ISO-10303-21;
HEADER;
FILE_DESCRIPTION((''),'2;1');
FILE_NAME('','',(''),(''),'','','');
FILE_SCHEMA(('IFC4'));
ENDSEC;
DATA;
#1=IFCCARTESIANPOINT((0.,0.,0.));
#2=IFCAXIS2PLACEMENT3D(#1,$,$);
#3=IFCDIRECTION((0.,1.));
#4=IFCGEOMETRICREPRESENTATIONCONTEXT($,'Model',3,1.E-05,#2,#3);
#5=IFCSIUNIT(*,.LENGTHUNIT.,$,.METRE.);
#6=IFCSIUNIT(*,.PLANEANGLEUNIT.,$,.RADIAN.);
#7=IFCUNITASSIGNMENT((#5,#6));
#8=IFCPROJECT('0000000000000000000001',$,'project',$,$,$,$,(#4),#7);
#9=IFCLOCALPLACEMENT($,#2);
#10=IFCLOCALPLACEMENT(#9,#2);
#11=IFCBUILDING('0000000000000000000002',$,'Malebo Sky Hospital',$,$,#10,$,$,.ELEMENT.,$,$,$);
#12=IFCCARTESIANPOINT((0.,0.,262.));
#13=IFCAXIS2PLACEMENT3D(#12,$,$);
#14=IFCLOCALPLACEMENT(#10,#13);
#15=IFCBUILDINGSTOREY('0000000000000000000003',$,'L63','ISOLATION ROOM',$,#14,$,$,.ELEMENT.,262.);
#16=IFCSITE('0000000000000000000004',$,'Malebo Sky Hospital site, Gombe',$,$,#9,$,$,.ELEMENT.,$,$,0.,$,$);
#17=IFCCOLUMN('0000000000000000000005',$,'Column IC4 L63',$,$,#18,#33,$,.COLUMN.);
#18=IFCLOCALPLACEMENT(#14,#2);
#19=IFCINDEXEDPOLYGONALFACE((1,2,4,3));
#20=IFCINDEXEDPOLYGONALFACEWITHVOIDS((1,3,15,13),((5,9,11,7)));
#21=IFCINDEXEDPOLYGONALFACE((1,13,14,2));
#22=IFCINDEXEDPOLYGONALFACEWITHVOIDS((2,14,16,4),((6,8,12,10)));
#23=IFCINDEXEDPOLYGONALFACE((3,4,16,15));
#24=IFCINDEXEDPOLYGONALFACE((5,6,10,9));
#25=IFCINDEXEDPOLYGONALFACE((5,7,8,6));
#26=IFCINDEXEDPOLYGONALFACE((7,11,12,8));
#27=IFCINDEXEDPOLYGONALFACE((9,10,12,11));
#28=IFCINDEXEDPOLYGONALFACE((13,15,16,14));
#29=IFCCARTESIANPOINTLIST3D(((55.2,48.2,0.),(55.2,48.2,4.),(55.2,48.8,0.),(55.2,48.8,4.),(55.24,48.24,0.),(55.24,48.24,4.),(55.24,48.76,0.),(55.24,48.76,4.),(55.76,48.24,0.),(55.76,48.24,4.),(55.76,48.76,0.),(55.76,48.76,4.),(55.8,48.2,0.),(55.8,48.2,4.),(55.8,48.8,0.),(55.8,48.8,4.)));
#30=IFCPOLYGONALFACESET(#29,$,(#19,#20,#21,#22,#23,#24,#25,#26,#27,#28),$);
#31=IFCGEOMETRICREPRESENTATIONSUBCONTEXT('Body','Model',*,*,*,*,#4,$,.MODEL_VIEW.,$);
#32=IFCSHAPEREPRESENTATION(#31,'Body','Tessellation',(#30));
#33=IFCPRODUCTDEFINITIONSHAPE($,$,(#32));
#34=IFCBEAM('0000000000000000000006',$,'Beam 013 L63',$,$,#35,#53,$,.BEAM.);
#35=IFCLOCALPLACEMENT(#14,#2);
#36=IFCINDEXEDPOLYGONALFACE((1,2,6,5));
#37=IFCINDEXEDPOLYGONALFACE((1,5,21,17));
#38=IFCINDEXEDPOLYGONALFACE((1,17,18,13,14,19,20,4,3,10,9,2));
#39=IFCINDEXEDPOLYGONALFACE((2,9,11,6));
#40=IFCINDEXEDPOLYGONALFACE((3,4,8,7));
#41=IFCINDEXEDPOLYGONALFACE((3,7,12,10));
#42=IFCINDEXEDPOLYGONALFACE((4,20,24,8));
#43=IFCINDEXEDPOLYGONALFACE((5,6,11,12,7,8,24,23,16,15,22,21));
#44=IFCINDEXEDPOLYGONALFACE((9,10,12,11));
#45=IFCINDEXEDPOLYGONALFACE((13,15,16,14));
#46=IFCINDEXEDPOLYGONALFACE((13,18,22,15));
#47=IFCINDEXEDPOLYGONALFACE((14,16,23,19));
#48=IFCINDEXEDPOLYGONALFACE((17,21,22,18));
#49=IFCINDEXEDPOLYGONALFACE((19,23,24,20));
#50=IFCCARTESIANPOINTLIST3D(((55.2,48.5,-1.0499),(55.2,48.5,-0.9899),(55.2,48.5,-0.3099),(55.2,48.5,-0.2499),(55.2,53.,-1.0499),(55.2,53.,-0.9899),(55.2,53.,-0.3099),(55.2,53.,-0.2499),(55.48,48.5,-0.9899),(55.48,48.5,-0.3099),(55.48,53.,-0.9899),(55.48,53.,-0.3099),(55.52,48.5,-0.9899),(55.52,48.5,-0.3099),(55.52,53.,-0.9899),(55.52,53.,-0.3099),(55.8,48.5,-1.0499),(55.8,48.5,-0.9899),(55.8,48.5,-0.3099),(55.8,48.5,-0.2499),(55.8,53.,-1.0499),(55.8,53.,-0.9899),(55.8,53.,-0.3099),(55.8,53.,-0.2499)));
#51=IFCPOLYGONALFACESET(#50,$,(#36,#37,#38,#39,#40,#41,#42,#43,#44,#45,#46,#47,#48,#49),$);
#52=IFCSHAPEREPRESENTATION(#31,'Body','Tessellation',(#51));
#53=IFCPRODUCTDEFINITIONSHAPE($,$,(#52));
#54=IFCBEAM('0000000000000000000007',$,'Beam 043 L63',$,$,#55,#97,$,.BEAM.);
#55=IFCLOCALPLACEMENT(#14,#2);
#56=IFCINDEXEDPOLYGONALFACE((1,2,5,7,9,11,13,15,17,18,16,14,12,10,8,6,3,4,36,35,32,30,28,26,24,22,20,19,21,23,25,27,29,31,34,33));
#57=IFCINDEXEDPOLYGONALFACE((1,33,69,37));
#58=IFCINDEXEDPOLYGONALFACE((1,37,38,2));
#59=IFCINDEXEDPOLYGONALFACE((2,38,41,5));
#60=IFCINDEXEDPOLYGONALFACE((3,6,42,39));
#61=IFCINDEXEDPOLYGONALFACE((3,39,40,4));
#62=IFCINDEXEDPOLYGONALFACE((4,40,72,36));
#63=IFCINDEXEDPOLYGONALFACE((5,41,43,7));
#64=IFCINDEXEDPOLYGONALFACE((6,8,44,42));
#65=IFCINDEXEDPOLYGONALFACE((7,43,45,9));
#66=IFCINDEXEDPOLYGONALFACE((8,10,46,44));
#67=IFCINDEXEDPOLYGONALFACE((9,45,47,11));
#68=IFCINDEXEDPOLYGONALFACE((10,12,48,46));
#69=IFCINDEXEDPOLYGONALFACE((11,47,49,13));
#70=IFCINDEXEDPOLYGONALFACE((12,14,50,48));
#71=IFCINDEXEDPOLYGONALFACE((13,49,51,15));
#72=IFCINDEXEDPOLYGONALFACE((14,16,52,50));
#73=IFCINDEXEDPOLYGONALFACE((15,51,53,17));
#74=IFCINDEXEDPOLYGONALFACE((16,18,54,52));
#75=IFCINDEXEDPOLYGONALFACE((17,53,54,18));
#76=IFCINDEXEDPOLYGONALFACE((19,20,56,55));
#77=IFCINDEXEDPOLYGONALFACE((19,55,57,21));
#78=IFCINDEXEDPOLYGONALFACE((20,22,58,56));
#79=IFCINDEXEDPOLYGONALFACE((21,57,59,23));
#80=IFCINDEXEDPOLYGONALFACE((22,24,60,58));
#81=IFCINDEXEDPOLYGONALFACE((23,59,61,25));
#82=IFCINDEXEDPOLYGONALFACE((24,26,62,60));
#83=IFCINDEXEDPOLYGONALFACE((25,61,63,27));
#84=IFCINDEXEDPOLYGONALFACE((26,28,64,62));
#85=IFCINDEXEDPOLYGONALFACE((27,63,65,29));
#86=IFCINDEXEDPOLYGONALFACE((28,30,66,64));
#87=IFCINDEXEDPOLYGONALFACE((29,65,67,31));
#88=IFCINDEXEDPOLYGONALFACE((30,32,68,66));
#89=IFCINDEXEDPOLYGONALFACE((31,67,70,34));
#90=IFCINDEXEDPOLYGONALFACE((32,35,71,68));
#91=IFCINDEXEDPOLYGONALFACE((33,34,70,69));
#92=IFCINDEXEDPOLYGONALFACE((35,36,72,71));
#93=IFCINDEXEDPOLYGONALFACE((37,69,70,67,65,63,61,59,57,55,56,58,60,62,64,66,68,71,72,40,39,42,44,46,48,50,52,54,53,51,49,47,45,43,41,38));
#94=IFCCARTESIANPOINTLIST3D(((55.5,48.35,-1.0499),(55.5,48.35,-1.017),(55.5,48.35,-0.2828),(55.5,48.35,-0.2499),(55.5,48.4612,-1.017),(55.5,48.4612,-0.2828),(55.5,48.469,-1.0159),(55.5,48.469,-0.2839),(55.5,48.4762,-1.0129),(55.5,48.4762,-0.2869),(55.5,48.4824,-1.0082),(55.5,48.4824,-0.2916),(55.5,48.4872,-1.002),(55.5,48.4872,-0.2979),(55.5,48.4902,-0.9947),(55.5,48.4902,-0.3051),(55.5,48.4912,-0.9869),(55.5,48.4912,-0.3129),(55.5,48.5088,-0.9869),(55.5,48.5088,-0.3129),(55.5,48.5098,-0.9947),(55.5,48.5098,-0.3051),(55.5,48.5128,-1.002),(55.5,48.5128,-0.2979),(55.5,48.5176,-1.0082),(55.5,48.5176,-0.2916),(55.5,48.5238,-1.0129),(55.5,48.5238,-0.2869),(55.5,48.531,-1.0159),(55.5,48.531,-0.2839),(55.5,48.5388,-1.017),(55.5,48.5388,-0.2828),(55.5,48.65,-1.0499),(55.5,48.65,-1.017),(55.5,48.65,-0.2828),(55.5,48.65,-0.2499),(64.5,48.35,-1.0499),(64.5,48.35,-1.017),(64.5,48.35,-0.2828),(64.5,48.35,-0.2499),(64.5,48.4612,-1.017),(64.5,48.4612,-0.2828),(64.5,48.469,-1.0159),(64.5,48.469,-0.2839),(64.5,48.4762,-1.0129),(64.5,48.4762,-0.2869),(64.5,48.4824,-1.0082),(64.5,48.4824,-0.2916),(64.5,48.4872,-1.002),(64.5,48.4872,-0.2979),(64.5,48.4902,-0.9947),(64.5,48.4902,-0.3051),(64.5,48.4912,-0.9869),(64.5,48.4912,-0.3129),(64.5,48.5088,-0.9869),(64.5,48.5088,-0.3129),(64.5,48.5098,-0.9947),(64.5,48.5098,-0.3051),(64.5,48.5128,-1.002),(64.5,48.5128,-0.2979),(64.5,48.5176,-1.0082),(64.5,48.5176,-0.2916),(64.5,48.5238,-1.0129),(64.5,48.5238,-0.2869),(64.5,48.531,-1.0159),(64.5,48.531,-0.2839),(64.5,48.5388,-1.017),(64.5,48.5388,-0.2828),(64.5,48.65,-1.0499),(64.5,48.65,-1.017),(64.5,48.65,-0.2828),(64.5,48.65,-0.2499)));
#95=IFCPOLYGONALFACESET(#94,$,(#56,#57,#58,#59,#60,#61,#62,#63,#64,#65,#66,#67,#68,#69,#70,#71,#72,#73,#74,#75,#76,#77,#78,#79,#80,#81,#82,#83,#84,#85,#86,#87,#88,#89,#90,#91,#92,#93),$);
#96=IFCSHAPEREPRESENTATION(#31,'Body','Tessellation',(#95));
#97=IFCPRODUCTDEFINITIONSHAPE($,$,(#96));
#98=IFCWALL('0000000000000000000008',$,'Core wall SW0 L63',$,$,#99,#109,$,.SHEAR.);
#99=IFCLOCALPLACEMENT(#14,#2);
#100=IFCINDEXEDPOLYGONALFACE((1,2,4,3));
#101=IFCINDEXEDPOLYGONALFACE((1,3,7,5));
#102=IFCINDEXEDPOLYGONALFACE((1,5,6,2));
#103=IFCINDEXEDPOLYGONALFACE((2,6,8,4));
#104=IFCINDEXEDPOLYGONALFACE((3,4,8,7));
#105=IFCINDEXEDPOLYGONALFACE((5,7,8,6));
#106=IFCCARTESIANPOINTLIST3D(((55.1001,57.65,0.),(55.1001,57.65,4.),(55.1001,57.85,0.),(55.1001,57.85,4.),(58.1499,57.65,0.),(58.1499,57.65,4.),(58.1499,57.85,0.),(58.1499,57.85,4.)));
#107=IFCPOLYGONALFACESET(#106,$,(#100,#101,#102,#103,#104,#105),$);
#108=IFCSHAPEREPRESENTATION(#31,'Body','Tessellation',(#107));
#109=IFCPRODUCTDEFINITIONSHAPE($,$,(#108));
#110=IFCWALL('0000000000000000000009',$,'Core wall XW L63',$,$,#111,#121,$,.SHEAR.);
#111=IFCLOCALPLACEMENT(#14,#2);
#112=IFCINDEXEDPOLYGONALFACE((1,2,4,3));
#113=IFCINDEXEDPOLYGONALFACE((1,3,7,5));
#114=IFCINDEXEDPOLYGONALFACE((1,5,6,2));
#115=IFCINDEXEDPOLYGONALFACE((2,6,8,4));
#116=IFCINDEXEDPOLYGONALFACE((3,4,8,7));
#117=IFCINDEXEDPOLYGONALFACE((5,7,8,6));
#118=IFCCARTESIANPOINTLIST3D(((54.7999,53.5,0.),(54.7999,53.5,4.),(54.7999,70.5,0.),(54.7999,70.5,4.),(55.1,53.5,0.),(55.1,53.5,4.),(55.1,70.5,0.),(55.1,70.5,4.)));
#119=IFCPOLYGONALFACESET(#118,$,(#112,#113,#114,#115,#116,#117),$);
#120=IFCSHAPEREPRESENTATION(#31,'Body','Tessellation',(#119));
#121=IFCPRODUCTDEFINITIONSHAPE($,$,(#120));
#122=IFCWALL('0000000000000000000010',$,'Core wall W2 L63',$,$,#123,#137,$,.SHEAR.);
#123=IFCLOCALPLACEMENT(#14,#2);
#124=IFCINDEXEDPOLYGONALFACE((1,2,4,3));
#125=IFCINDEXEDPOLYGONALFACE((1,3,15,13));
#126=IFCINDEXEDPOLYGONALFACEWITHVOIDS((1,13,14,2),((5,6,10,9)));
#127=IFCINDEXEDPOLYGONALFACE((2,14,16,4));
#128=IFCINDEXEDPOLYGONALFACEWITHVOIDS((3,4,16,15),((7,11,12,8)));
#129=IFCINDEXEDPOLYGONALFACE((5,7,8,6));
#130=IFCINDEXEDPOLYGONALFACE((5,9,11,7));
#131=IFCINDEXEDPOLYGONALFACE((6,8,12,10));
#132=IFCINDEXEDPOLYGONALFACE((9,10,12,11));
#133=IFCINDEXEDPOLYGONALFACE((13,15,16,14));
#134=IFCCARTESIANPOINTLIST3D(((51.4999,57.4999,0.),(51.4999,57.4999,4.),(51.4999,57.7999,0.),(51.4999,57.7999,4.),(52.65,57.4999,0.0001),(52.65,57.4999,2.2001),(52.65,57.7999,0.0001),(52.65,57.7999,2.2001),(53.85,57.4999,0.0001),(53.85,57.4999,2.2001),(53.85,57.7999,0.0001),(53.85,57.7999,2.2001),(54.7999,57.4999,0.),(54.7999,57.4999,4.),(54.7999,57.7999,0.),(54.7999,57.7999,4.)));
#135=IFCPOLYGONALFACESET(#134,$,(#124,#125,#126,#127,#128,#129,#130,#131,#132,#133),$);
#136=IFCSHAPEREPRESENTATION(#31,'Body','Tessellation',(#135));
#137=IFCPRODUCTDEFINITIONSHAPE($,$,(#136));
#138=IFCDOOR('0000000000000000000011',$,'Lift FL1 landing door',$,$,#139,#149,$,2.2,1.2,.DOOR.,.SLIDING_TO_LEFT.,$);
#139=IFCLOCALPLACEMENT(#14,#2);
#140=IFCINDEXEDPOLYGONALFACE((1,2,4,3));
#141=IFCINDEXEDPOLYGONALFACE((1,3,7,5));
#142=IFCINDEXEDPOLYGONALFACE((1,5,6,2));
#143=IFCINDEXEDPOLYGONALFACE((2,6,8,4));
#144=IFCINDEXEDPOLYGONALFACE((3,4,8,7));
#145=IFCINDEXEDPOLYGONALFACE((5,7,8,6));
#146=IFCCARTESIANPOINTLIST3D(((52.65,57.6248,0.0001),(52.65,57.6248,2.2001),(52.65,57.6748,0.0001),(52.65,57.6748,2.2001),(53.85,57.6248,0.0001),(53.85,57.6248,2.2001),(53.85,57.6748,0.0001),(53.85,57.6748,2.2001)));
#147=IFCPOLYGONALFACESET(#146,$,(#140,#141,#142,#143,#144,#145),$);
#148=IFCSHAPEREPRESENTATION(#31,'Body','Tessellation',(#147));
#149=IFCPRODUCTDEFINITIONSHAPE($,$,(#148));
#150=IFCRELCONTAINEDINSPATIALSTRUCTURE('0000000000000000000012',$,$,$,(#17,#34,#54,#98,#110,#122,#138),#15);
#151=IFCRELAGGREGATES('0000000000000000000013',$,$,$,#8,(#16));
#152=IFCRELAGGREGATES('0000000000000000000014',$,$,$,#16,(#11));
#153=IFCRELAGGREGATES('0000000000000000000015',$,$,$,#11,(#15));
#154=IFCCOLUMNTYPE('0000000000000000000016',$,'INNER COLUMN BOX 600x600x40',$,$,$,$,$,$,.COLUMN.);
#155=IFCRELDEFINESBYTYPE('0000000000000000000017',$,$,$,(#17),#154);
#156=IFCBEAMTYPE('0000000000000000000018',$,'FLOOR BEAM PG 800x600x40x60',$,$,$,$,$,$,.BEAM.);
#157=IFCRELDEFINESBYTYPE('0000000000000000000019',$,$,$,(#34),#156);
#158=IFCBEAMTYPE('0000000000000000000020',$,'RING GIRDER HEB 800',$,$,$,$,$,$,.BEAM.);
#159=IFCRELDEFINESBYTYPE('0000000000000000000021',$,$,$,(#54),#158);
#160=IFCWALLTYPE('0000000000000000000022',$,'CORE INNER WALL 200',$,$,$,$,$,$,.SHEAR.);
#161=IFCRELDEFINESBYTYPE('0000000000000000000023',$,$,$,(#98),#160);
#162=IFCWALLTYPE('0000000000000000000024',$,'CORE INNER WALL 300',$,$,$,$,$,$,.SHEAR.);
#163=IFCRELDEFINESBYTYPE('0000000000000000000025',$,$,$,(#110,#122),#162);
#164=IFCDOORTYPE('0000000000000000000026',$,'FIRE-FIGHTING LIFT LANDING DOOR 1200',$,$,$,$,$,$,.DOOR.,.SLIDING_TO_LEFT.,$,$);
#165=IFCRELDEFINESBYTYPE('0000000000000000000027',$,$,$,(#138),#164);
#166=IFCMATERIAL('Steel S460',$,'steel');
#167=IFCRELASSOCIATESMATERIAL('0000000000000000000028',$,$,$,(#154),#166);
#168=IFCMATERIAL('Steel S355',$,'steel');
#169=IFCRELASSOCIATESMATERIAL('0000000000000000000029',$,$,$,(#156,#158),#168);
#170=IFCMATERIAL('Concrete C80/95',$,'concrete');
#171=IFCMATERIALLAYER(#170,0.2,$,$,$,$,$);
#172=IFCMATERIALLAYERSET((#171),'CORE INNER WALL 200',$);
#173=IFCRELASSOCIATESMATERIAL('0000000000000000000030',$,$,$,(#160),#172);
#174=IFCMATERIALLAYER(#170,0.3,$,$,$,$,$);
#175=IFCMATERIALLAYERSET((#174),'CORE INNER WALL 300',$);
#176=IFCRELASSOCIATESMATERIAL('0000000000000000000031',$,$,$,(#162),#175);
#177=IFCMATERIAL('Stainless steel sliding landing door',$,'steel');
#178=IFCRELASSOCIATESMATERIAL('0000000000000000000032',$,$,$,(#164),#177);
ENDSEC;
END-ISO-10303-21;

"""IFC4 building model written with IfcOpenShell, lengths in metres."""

from ifc_helpers import new_model, si_unit, direction, frame, frame_2d, origin, origin_2d, place, context, subcontext, project, spatial, rectangle, hollow_rectangle, i_section, extrude, material, layer, layer_set, material_profile, profile_set, type_object, element, fill, save


model = new_model("IFC4")

# Units and contexts
model_context = context("Model", 3, precision=1e-05, world=origin(), true_north=direction((0.0, 1.0)))
body_context = subcontext(model_context, "Body", "Model", "MODEL_VIEW")
ifc_project = project(units=[si_unit("LENGTHUNIT", "METRE"), si_unit("PLANEANGLEUNIT", "RADIAN")], contexts=[model_context])

# Site, building, storey
site_placement = place(None, origin())
site = spatial("IfcSite", under=ifc_project, at=site_placement, Name="Malebo Sky Hospital site, Gombe", CompositionType="ELEMENT", RefElevation=0.0)
building_placement = place(site_placement, origin())
building = spatial("IfcBuilding", under=site, at=building_placement, Name="Malebo Sky Hospital", CompositionType="ELEMENT")
storey_placement = place(building_placement, frame((0.0, 0.0, 262.0)))
storey = spatial("IfcBuildingStorey", under=building, at=storey_placement, Name="L63", Description="ISOLATION ROOM", CompositionType="ELEMENT", Elevation=262.0)

# Column
ifc_material_1 = material(Name="Steel S460", Category="steel")
ifc_material_profile_1 = material_profile(ifc_material_1, hollow_rectangle(XDim=0.6001, YDim=0.6001, WallThickness=0.04, at=origin_2d()), Name="BOX 600x600x40")
ifc_profile_set_1 = profile_set([ifc_material_profile_1], Name="Steel S460")
column_type = type_object("IfcColumnType", Name="INNER COLUMN BOX 600x600x40", PredefinedType="COLUMN", material=ifc_profile_set_1)
column_placement = place(storey_placement, frame((55.5, 48.5, 0.0), z_axis=(0.0, 0.0, 1.0), x_axis=(1.0, 0.0, 0.0)))
element("IfcColumn", 1, at=column_placement, inside=storey, type_object=column_type, Name="Column IC4 L63", PredefinedType="COLUMN", context=body_context, shape_type="SweptSolid", body=[
    extrude(hollow_rectangle(XDim=0.6001, YDim=0.6001, WallThickness=0.04, at=origin_2d()), origin(), (0.0, 0.0, 1.0), 4.0),
])

# Beams
ifc_material_2 = material(Name="Steel S355", Category="steel")
ifc_material_profile_2 = material_profile(ifc_material_2, i_section(OverallWidth=0.6001, OverallDepth=0.8, WebThickness=0.04, FlangeThickness=0.0601, at=origin_2d()), Name="PG 800x600x40x60")
ifc_profile_set_2 = profile_set([ifc_material_profile_2], Name="Steel S355")
beam_type_1 = type_object("IfcBeamType", Name="FLOOR BEAM PG 800x600x40x60", PredefinedType="BEAM", material=ifc_profile_set_2)
beam_1_placement = place(storey_placement, frame((55.5, 48.5, -0.6499), z_axis=(0.0, 1.0, 0.0), x_axis=(-1.0, 0.0, 0.0)))
element("IfcBeam", 2, at=beam_1_placement, inside=storey, type_object=beam_type_1, Name="Beam 013 L63", PredefinedType="BEAM", context=body_context, shape_type="SweptSolid", body=[
    extrude(i_section(OverallWidth=0.6001, OverallDepth=0.8, WebThickness=0.04, FlangeThickness=0.0601, at=origin_2d()), origin(), (0.0, 0.0, 1.0), 4.5),
])
ifc_material_profile_3 = material_profile(ifc_material_2, i_section(OverallWidth=0.3, OverallDepth=0.8, WebThickness=0.0176, FlangeThickness=0.033, FilletRadius=0.03, at=origin_2d()), Name="HEB 800")
ifc_profile_set_3 = profile_set([ifc_material_profile_3], Name="Steel S355")
beam_type_2 = type_object("IfcBeamType", Name="RING GIRDER HEB 800", PredefinedType="BEAM", material=ifc_profile_set_3)
beam_2_placement = place(storey_placement, frame((55.5, 48.5, -0.6499), z_axis=(1.0, 0.0, 0.0), x_axis=(0.0, 1.0, 0.0)))
element("IfcBeam", 3, at=beam_2_placement, inside=storey, type_object=beam_type_2, Name="Beam 043 L63", PredefinedType="BEAM", context=body_context, shape_type="SweptSolid", body=[
    extrude(i_section(OverallWidth=0.3, OverallDepth=0.8, WebThickness=0.0176, FlangeThickness=0.033, FilletRadius=0.03, at=origin_2d()), origin(), (0.0, 0.0, 1.0), 9.0),
])

# Walls
ifc_material_3 = material(Name="Concrete C80/95", Category="concrete")
ifc_layer_1 = layer(ifc_material_3, 0.2)
ifc_layer_set_1 = layer_set([ifc_layer_1], Name="CORE INNER WALL 200")
wall_type_1 = type_object("IfcWallType", Name="CORE INNER WALL 200", PredefinedType="SHEAR", material=ifc_layer_set_1)
wall_1_placement = place(storey_placement, frame((55.1001, 57.75, 0.0), z_axis=(0.0, 0.0, 1.0), x_axis=(1.0, 0.0, 0.0)))
element("IfcWall", 4, at=wall_1_placement, inside=storey, type_object=wall_type_1, Name="Core wall SW0 L63", PredefinedType="SHEAR", context=body_context, shape_type="SweptSolid", body=[
    extrude(rectangle(XDim=3.0498, YDim=0.2, at=frame_2d((1.5249, 0.0))), origin(), (0.0, 0.0, 1.0), 4.0),
])
ifc_layer_2 = layer(ifc_material_3, 0.3)
ifc_layer_set_2 = layer_set([ifc_layer_2], Name="CORE INNER WALL 300")
wall_type_2 = type_object("IfcWallType", Name="CORE INNER WALL 300", PredefinedType="SHEAR", material=ifc_layer_set_2)
wall_2_placement = place(storey_placement, frame((54.95, 53.5, 0.0), z_axis=(0.0, 0.0, 1.0), x_axis=(0.0, 1.0, 0.0)))
element("IfcWall", 5, at=wall_2_placement, inside=storey, type_object=wall_type_2, Name="Core wall XW L63", PredefinedType="SHEAR", context=body_context, shape_type="SweptSolid", body=[
    extrude(rectangle(XDim=17.0, YDim=0.3, at=frame_2d((8.5, 0.0))), origin(), (0.0, 0.0, 1.0), 4.0),
])

# Wall, opening, door
wall_3_placement = place(storey_placement, frame((51.5, 57.6499, 0.0), z_axis=(0.0, 0.0, 1.0), x_axis=(1.0, 0.0, 0.0)))
wall_3 = element("IfcWall", 6, at=wall_3_placement, inside=storey, type_object=wall_type_2, Name="Core wall W2 L63", PredefinedType="SHEAR", context=body_context, shape_type="SweptSolid", body=[
    extrude(rectangle(XDim=3.3, YDim=0.3, at=frame_2d((1.6499, 0.0))), origin(), (0.0, 0.0, 1.0), 4.0),
])
opening_1_placement = place(wall_3_placement, frame((1.1499, 0.0, 0.0)))
opening_1 = element("IfcOpeningElement", 7, at=opening_1_placement, cuts=wall_3, PredefinedType="OPENING", context=body_context, shape_type="SweptSolid", body=[
    extrude(rectangle(XDim=1.2, YDim=2.2, at=frame_2d((0.6001, 1.1001))), frame((0.0, 0.1599, 0.0), z_axis=(0.0, -1.0, 0.0), x_axis=(1.0, 0.0, 0.0)), (0.0, 0.0, 1.0), 0.3201),
])
ifc_material_4 = material(Name="Stainless steel sliding landing door", Category="steel")
door_type_1 = type_object("IfcDoorType", Name="FIRE-FIGHTING LIFT LANDING DOOR 1200", OperationType="SLIDING_TO_LEFT", PredefinedType="DOOR", material=ifc_material_4)
door_1_placement = place(opening_1_placement, origin())
door_1 = element("IfcDoor", 8, at=door_1_placement, inside=storey, type_object=door_type_1, Name="Lift FL1 landing door", OperationType="SLIDING_TO_LEFT", OverallHeight=2.2, OverallWidth=1.2, PredefinedType="DOOR", context=body_context, shape_type="SweptSolid", body=[
    extrude(rectangle(XDim=1.2, YDim=2.2, at=frame_2d((0.6001, 1.1001))), frame((0.0, 0.0249, 0.0), z_axis=(0.0, -1.0, 0.0), x_axis=(1.0, 0.0, 0.0)), (0.0, 0.0, 1.0), 0.05),
])
fill(opening_1, door_1)

save(model, "model.ifc")
